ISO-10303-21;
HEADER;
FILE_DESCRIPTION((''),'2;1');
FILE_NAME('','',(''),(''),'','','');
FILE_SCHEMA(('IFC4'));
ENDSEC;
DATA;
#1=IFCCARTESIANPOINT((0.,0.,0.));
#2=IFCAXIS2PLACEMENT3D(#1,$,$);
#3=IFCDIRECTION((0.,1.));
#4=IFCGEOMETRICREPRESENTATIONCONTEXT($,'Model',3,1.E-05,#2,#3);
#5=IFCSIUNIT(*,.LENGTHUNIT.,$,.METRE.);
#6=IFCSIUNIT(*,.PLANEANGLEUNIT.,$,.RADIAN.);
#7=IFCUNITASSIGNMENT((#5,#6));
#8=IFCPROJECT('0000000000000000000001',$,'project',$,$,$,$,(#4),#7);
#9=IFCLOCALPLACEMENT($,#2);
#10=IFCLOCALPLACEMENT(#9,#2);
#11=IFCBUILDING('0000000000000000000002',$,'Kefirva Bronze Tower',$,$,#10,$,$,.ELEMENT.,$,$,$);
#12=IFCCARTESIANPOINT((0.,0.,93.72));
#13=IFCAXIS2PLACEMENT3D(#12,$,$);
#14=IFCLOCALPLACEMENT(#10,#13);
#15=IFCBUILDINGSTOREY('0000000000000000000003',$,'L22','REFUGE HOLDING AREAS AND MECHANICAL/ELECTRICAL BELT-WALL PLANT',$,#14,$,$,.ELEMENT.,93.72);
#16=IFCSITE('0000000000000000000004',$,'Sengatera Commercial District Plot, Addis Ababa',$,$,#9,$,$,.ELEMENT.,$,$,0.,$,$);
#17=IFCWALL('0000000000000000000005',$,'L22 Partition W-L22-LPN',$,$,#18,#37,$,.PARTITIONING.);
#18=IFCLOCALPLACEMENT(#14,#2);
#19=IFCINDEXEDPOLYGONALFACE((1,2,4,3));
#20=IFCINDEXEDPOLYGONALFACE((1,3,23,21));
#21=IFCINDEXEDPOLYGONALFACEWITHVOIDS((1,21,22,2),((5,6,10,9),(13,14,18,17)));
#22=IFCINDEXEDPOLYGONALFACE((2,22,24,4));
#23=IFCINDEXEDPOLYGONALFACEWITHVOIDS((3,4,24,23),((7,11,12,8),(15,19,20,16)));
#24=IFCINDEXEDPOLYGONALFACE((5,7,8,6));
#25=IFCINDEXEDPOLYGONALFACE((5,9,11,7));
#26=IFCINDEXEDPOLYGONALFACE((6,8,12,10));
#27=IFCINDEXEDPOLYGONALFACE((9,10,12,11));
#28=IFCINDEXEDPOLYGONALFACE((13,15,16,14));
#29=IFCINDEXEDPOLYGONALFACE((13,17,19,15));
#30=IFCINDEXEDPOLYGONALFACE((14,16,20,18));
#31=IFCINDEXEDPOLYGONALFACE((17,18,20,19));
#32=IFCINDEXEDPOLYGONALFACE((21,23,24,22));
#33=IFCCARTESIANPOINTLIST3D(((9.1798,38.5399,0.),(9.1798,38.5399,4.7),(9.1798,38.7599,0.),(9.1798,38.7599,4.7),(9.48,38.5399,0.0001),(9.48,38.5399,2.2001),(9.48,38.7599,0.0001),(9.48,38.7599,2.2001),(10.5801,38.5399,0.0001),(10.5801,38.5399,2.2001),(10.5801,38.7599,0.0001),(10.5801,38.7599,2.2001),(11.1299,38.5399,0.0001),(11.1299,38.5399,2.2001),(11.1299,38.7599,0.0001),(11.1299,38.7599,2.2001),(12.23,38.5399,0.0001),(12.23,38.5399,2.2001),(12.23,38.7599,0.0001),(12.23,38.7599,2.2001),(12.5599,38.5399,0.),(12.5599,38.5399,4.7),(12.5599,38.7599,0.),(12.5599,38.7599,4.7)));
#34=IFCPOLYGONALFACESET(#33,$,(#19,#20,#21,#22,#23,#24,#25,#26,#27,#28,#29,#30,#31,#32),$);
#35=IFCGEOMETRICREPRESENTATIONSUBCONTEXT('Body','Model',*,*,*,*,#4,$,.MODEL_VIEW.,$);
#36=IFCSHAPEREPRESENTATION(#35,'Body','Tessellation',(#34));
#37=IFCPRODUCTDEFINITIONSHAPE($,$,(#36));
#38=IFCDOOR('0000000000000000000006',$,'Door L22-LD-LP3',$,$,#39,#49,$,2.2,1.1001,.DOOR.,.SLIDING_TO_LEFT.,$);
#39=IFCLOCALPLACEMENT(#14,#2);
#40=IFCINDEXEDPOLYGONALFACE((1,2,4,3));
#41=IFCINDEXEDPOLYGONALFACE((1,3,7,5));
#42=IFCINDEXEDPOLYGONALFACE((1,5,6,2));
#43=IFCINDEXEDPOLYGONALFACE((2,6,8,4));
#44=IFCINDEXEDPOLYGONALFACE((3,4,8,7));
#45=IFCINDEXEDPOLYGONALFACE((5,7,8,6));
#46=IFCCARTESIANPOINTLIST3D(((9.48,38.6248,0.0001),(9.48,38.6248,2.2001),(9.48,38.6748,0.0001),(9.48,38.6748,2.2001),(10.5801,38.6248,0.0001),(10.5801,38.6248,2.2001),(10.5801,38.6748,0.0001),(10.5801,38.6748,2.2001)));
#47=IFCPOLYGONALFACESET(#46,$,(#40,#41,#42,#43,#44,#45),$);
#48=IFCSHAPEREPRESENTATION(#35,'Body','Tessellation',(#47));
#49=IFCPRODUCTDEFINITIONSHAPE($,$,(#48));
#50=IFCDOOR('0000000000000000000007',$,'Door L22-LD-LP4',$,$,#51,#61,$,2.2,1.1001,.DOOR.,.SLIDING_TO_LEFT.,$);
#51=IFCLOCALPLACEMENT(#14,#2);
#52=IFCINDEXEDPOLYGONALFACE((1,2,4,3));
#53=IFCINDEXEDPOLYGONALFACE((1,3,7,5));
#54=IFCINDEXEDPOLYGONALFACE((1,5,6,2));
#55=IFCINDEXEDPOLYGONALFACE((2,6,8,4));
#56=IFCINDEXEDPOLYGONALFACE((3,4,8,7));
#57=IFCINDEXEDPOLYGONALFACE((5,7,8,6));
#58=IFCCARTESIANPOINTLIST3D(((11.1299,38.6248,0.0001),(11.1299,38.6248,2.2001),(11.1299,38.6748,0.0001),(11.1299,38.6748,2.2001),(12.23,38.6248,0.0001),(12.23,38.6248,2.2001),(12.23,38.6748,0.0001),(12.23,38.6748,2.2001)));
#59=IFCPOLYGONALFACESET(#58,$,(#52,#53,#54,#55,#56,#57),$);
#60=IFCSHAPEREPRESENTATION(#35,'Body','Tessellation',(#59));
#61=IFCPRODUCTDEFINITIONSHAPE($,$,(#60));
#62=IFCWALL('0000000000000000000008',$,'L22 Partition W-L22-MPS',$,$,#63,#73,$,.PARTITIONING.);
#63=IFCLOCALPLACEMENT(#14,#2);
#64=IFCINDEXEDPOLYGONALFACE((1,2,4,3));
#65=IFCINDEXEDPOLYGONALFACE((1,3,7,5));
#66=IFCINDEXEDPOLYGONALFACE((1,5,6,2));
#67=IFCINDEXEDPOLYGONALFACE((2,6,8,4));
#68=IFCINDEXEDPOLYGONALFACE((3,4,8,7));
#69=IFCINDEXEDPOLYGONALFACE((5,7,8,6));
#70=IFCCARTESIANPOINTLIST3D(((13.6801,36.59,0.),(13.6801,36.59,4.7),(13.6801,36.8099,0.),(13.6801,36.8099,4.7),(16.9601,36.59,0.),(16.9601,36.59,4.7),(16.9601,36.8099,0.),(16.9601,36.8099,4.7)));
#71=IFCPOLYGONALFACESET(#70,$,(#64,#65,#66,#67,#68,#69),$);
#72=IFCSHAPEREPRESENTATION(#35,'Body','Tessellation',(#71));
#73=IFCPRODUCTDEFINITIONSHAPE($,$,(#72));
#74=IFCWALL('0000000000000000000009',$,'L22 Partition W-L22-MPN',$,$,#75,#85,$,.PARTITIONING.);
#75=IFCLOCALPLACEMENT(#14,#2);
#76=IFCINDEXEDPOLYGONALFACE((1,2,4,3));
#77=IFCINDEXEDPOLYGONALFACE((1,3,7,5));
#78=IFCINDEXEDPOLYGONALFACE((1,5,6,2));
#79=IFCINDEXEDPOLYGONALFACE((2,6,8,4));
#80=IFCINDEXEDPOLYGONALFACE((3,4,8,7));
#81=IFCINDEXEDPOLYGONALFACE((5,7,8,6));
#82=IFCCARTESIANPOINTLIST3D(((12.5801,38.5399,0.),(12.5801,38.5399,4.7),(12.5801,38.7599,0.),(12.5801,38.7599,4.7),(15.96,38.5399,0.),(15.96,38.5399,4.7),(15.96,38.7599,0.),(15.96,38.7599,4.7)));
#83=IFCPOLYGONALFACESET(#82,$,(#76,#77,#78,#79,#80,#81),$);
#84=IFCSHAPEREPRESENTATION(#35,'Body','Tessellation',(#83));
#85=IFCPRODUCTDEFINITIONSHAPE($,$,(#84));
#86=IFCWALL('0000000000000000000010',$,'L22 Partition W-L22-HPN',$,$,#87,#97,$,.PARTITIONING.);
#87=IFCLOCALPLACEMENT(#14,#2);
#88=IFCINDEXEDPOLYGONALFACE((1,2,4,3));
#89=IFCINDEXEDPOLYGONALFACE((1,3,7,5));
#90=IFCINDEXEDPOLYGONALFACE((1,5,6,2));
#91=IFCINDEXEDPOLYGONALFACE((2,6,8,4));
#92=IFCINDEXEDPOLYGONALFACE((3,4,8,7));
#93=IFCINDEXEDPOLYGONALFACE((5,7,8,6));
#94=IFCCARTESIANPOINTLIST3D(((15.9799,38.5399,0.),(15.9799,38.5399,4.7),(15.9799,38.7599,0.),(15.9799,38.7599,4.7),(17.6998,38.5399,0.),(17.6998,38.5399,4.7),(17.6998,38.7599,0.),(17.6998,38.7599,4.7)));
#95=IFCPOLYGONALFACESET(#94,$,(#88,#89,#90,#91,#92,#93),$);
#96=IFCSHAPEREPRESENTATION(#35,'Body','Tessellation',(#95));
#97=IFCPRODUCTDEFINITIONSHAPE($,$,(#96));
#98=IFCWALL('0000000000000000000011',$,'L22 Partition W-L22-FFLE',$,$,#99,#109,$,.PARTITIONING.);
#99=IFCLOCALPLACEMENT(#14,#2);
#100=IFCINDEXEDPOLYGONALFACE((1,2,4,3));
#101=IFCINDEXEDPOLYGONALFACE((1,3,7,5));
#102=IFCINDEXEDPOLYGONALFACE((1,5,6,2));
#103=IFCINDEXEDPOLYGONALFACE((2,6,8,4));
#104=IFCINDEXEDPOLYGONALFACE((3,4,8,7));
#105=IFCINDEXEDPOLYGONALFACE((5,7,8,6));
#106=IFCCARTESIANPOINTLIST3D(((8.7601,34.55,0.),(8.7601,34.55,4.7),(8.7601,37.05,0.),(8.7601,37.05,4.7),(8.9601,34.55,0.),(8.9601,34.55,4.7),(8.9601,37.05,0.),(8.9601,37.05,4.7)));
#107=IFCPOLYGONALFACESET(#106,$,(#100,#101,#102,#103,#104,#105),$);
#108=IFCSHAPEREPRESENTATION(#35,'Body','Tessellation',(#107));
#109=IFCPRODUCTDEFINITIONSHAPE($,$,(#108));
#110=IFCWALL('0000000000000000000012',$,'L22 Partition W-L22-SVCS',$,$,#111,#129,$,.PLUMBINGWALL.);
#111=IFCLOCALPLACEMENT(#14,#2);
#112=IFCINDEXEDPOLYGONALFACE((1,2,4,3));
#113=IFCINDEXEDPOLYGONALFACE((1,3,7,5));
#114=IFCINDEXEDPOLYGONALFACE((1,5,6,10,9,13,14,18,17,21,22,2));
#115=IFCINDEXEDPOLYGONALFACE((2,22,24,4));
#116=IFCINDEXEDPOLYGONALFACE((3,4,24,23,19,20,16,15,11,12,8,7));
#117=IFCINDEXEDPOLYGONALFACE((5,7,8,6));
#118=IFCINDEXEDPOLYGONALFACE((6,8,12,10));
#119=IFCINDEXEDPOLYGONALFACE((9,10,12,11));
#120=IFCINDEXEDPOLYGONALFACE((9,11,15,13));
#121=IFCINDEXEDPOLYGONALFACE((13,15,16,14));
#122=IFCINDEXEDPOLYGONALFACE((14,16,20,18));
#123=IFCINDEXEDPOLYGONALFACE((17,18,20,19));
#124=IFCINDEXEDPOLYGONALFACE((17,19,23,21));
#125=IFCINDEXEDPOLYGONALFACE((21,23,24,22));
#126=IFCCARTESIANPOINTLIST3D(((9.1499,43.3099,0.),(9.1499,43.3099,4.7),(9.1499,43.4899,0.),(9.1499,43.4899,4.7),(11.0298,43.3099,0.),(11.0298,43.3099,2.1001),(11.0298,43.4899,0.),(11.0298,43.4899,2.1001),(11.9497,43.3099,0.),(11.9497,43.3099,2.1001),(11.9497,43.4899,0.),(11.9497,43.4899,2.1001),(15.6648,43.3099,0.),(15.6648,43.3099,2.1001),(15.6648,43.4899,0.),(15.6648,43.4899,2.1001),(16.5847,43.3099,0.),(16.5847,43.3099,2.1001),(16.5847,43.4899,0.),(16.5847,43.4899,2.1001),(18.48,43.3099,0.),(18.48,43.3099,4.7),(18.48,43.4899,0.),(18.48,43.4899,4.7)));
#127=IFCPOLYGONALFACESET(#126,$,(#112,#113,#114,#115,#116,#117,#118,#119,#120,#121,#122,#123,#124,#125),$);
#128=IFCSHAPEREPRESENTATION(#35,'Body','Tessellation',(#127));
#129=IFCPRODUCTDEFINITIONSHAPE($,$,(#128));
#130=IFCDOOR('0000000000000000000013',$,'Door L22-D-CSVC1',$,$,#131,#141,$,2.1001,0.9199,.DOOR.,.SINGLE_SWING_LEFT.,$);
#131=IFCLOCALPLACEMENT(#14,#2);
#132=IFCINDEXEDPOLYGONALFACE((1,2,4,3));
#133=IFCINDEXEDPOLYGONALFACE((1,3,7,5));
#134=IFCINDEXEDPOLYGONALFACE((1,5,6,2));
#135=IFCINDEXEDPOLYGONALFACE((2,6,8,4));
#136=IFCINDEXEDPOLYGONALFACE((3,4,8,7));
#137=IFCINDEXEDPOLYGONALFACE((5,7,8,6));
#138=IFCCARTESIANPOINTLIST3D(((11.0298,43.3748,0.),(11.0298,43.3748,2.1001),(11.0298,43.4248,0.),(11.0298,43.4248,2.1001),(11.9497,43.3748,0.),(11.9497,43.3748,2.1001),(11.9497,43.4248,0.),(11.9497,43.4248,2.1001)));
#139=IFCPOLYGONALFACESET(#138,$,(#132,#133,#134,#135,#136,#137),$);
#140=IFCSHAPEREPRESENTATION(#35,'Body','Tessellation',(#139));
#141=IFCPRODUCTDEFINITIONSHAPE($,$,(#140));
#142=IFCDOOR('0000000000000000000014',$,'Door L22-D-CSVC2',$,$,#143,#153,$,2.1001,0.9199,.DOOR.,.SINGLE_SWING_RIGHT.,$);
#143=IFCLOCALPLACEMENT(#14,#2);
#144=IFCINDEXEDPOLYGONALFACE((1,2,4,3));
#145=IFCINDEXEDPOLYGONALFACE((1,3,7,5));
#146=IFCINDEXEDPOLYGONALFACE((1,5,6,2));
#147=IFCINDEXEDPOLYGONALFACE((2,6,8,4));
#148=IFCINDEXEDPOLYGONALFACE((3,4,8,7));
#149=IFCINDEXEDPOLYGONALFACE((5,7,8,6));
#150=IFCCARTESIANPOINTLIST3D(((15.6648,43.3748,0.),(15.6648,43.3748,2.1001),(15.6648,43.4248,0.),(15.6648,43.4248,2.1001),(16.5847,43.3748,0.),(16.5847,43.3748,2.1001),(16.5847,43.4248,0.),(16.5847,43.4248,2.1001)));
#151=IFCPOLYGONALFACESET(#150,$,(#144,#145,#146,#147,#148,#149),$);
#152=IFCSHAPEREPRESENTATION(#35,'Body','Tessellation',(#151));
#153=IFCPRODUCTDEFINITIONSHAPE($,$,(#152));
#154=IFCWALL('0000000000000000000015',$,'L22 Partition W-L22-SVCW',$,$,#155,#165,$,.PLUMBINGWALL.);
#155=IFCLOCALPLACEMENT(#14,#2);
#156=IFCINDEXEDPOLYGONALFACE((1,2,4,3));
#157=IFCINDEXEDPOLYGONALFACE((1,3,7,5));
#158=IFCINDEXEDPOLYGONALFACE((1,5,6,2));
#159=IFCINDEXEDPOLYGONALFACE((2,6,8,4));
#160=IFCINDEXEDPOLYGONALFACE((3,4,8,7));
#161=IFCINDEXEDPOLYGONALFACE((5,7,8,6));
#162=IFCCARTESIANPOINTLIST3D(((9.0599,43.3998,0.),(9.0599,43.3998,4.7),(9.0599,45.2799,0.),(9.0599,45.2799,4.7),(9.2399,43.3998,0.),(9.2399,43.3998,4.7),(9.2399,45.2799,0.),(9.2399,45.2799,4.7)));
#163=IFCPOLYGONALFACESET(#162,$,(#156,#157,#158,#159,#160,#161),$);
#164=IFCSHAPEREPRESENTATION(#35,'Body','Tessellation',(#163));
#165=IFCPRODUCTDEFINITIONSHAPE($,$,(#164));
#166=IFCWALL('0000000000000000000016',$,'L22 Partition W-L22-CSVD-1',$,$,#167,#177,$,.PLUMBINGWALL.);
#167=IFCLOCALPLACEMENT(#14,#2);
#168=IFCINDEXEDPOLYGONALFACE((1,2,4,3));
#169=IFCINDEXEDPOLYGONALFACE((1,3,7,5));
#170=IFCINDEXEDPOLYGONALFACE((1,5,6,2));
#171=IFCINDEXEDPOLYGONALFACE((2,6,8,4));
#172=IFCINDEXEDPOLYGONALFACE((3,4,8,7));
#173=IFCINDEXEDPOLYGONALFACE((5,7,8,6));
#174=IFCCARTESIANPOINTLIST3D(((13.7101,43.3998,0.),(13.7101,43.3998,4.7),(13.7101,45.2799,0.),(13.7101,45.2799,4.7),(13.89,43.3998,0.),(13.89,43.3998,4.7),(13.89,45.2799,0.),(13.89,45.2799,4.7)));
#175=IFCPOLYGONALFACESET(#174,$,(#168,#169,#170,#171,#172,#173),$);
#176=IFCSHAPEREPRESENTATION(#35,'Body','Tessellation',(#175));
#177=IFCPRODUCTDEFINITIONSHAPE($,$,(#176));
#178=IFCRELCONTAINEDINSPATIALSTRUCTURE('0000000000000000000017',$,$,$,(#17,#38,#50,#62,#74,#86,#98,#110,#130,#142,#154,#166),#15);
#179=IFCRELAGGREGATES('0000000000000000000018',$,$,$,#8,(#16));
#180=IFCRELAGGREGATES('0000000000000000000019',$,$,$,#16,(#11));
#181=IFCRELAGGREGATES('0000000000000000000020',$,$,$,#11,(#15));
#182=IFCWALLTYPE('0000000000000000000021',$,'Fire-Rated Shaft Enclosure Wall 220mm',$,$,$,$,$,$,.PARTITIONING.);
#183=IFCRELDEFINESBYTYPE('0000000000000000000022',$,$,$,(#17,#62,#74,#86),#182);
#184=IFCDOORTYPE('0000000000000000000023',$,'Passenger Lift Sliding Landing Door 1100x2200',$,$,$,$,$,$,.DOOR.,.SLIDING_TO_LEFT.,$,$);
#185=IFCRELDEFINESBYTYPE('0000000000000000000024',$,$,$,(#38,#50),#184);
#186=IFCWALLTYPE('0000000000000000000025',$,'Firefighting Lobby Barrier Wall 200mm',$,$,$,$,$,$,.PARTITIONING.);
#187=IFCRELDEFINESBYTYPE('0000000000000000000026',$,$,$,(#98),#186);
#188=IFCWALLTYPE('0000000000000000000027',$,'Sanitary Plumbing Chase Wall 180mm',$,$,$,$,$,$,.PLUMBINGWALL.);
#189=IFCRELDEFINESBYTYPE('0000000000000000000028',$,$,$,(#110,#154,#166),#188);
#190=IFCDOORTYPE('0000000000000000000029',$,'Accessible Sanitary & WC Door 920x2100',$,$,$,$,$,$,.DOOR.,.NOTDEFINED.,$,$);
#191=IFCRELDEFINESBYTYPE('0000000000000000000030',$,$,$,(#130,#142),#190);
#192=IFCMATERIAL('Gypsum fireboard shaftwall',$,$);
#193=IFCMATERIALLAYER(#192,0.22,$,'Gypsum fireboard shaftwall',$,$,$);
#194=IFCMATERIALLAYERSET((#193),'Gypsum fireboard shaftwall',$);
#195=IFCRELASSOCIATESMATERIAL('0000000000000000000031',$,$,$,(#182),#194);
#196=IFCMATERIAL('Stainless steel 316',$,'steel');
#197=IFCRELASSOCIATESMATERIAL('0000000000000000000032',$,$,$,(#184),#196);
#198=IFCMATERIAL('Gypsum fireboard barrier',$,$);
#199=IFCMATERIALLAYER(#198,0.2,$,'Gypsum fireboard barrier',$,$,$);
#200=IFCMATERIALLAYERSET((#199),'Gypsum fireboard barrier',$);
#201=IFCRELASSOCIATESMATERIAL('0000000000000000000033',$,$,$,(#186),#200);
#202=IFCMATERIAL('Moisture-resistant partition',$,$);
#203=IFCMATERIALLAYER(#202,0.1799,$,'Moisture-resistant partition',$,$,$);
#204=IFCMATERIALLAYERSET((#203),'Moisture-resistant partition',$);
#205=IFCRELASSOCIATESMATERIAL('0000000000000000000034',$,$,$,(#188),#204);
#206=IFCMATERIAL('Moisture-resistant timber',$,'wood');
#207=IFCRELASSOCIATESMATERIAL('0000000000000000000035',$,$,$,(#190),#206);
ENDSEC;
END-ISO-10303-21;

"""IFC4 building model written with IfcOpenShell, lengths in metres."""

from ifc_helpers import new_model, si_unit, direction, frame, frame_2d, origin, place, context, subcontext, project, spatial, rectangle, extrude, material, layer, layer_set, type_object, element, fill, save


model = new_model("IFC4")

# Units and contexts
model_context = context("Model", 3, precision=1e-05, world=origin(), true_north=direction((0.0, 1.0)))
body_context = subcontext(model_context, "Body", "Model", "MODEL_VIEW")
ifc_project = project(units=[si_unit("LENGTHUNIT", "METRE"), si_unit("PLANEANGLEUNIT", "RADIAN")], contexts=[model_context])

# Site, building, storey
site_placement = place(None, origin())
site = spatial("IfcSite", under=ifc_project, at=site_placement, Name="Sengatera Commercial District Plot, Addis Ababa", CompositionType="ELEMENT", RefElevation=0.0)
building_placement = place(site_placement, origin())
building = spatial("IfcBuilding", under=site, at=building_placement, Name="Kefirva Bronze Tower", CompositionType="ELEMENT")
storey_placement = place(building_placement, frame((0.0, 0.0, 93.72)))
storey = spatial("IfcBuildingStorey", under=building, at=storey_placement, Name="L22", Description="REFUGE HOLDING AREAS AND MECHANICAL/ELECTRICAL BELT-WALL PLANT", CompositionType="ELEMENT", Elevation=93.72)

# Shared definitions
ifc_material_1 = material(Name="Gypsum fireboard shaftwall")
ifc_layer_1 = layer(ifc_material_1, 0.22, Name="Gypsum fireboard shaftwall")
ifc_layer_set_1 = layer_set([ifc_layer_1], Name="Gypsum fireboard shaftwall")
wall_type_1 = type_object("IfcWallType", Name="Fire-Rated Shaft Enclosure Wall 220mm", PredefinedType="PARTITIONING", material=ifc_layer_set_1)

# Shared definitions
ifc_material_2 = material(Name="Stainless steel 316", Category="steel")

# Wall, openings, doors
door_type_1 = type_object("IfcDoorType", Name="Passenger Lift Sliding Landing Door 1100x2200", OperationType="SLIDING_TO_LEFT", PredefinedType="DOOR", material=ifc_material_2)
wall_1_placement = place(storey_placement, frame((9.1799, 38.6499, 0.0), z_axis=(0.0, 0.0, 1.0), x_axis=(1.0, 0.0, 0.0)))
wall_1 = element("IfcWall", 1, at=wall_1_placement, inside=storey, type_object=wall_type_1, Name="L22 Partition W-L22-LPN", PredefinedType="PARTITIONING", context=body_context, shape_type="SweptSolid", body=[
    extrude(rectangle(XDim=3.3801, YDim=0.22, at=frame_2d((1.6899, 0.0))), origin(), (0.0, 0.0, 1.0), 4.7),
])
opening_1_placement = place(wall_1_placement, frame((0.3, 0.0, 0.0)))
opening_1 = element("IfcOpeningElement", 2, at=opening_1_placement, cuts=wall_1, PredefinedType="OPENING", context=body_context, shape_type="SweptSolid", body=[
    extrude(rectangle(XDim=1.1001, YDim=2.2, at=frame_2d((0.55, 1.1001))), frame((0.0, 0.1201, 0.0), z_axis=(0.0, -1.0, 0.0), x_axis=(1.0, 0.0, 0.0)), (0.0, 0.0, 1.0), 0.24),
])
opening_2_placement = place(wall_1_placement, frame((1.95, 0.0, 0.0)))
opening_2 = element("IfcOpeningElement", 3, at=opening_2_placement, cuts=wall_1, PredefinedType="OPENING", context=body_context, shape_type="SweptSolid", body=[
    extrude(rectangle(XDim=1.1001, YDim=2.2, at=frame_2d((0.55, 1.1001))), frame((0.0, 0.1201, 0.0), z_axis=(0.0, -1.0, 0.0), x_axis=(1.0, 0.0, 0.0)), (0.0, 0.0, 1.0), 0.24),
])
door_1_placement = place(opening_1_placement, origin())
door_1 = element("IfcDoor", 4, at=door_1_placement, inside=storey, type_object=door_type_1, Name="Door L22-LD-LP3", OperationType="SLIDING_TO_LEFT", OverallHeight=2.2, OverallWidth=1.1001, PredefinedType="DOOR", context=body_context, shape_type="SweptSolid", body=[
    extrude(rectangle(XDim=1.1001, YDim=2.2, at=frame_2d((0.55, 1.1001))), frame((0.0, 0.0249, 0.0), z_axis=(0.0, -1.0, 0.0), x_axis=(1.0, 0.0, 0.0)), (0.0, 0.0, 1.0), 0.05),
])
fill(opening_1, door_1)
door_2_placement = place(opening_2_placement, origin())
door_2 = element("IfcDoor", 5, at=door_2_placement, inside=storey, type_object=door_type_1, Name="Door L22-LD-LP4", OperationType="SLIDING_TO_LEFT", OverallHeight=2.2, OverallWidth=1.1001, PredefinedType="DOOR", context=body_context, shape_type="SweptSolid", body=[
    extrude(rectangle(XDim=1.1001, YDim=2.2, at=frame_2d((0.55, 1.1001))), frame((0.0, 0.0249, 0.0), z_axis=(0.0, -1.0, 0.0), x_axis=(1.0, 0.0, 0.0)), (0.0, 0.0, 1.0), 0.05),
])
fill(opening_2, door_2)

# Walls
wall_2_placement = place(storey_placement, frame((13.6799, 36.7, 0.0), z_axis=(0.0, 0.0, 1.0), x_axis=(1.0, 0.0, 0.0)))
element("IfcWall", 6, at=wall_2_placement, inside=storey, type_object=wall_type_1, Name="L22 Partition W-L22-MPS", PredefinedType="PARTITIONING", context=body_context, shape_type="SweptSolid", body=[
    extrude(rectangle(XDim=3.28, YDim=0.22, at=frame_2d((1.6401, 0.0))), origin(), (0.0, 0.0, 1.0), 4.7),
])
wall_3_placement = place(storey_placement, frame((12.5801, 38.6499, 0.0), z_axis=(0.0, 0.0, 1.0), x_axis=(1.0, 0.0, 0.0)))
element("IfcWall", 7, at=wall_3_placement, inside=storey, type_object=wall_type_1, Name="L22 Partition W-L22-MPN", PredefinedType="PARTITIONING", context=body_context, shape_type="SweptSolid", body=[
    extrude(rectangle(XDim=3.3799, YDim=0.22, at=frame_2d((1.6899, 0.0))), origin(), (0.0, 0.0, 1.0), 4.7),
])
wall_4_placement = place(storey_placement, frame((15.98, 38.6499, 0.0), z_axis=(0.0, 0.0, 1.0), x_axis=(1.0, 0.0, 0.0)))
element("IfcWall", 8, at=wall_4_placement, inside=storey, type_object=wall_type_1, Name="L22 Partition W-L22-HPN", PredefinedType="PARTITIONING", context=body_context, shape_type="SweptSolid", body=[
    extrude(rectangle(XDim=1.72, YDim=0.22, at=frame_2d((0.8599, 0.0))), origin(), (0.0, 0.0, 1.0), 4.7),
])
ifc_material_3 = material(Name="Gypsum fireboard barrier")
ifc_layer_2 = layer(ifc_material_3, 0.2, Name="Gypsum fireboard barrier")
ifc_layer_set_2 = layer_set([ifc_layer_2], Name="Gypsum fireboard barrier")
wall_type_2 = type_object("IfcWallType", Name="Firefighting Lobby Barrier Wall 200mm", PredefinedType="PARTITIONING", material=ifc_layer_set_2)
wall_5_placement = place(storey_placement, frame((8.8601, 34.55, 0.0), z_axis=(0.0, 0.0, 1.0), x_axis=(0.0, 1.0, 0.0)))
element("IfcWall", 9, at=wall_5_placement, inside=storey, type_object=wall_type_2, Name="L22 Partition W-L22-FFLE", PredefinedType="PARTITIONING", context=body_context, shape_type="SweptSolid", body=[
    extrude(rectangle(XDim=2.5, YDim=0.2, at=frame_2d((1.25, 0.0))), origin(), (0.0, 0.0, 1.0), 4.7),
])

# Wall, openings, doors
ifc_material_4 = material(Name="Moisture-resistant partition")
ifc_layer_3 = layer(ifc_material_4, 0.1799, Name="Moisture-resistant partition")
ifc_layer_set_3 = layer_set([ifc_layer_3], Name="Moisture-resistant partition")
wall_type_3 = type_object("IfcWallType", Name="Sanitary Plumbing Chase Wall 180mm", PredefinedType="PLUMBINGWALL", material=ifc_layer_set_3)
wall_6_placement = place(storey_placement, frame((9.1499, 43.3999, 0.0), z_axis=(0.0, 0.0, 1.0), x_axis=(1.0, 0.0, 0.0)))
wall_6 = element("IfcWall", 10, at=wall_6_placement, inside=storey, type_object=wall_type_3, Name="L22 Partition W-L22-SVCS", PredefinedType="PLUMBINGWALL", context=body_context, shape_type="SweptSolid", body=[
    extrude(rectangle(XDim=9.3301, YDim=0.1799, at=frame_2d((4.665, 0.0))), origin(), (0.0, 0.0, 1.0), 4.7),
])
opening_3_placement = place(wall_6_placement, frame((1.8799, 0.0, 0.0)))
opening_3 = element("IfcOpeningElement", 11, at=opening_3_placement, cuts=wall_6, PredefinedType="OPENING", context=body_context, shape_type="SweptSolid", body=[
    extrude(rectangle(XDim=0.9199, YDim=2.1001, at=frame_2d((0.46, 1.05))), frame((0.0, 0.1001, 0.0), z_axis=(0.0, -1.0, 0.0), x_axis=(1.0, 0.0, 0.0)), (0.0, 0.0, 1.0), 0.2),
])
opening_4_placement = place(wall_6_placement, frame((6.5149, 0.0, 0.0)))
opening_4 = element("IfcOpeningElement", 12, at=opening_4_placement, cuts=wall_6, PredefinedType="OPENING", context=body_context, shape_type="SweptSolid", body=[
    extrude(rectangle(XDim=0.9199, YDim=2.1001, at=frame_2d((0.46, 1.05))), frame((0.0, 0.1001, 0.0), z_axis=(0.0, -1.0, 0.0), x_axis=(1.0, 0.0, 0.0)), (0.0, 0.0, 1.0), 0.2),
])
ifc_material_5 = material(Name="Moisture-resistant timber", Category="wood")
door_type_2 = type_object("IfcDoorType", Name="Accessible Sanitary & WC Door 920x2100", OperationType="NOTDEFINED", PredefinedType="DOOR", material=ifc_material_5)
door_3_placement = place(opening_3_placement, origin())
door_3 = element("IfcDoor", 13, at=door_3_placement, inside=storey, type_object=door_type_2, Name="Door L22-D-CSVC1", OperationType="SINGLE_SWING_LEFT", OverallHeight=2.1001, OverallWidth=0.9199, PredefinedType="DOOR", context=body_context, shape_type="SweptSolid", body=[
    extrude(rectangle(XDim=0.9199, YDim=2.1001, at=frame_2d((0.46, 1.05))), frame((0.0, 0.0249, 0.0), z_axis=(0.0, -1.0, 0.0), x_axis=(1.0, 0.0, 0.0)), (0.0, 0.0, 1.0), 0.05),
])
fill(opening_3, door_3)
door_4_placement = place(opening_4_placement, origin())
door_4 = element("IfcDoor", 14, at=door_4_placement, inside=storey, type_object=door_type_2, Name="Door L22-D-CSVC2", OperationType="SINGLE_SWING_RIGHT", OverallHeight=2.1001, OverallWidth=0.9199, PredefinedType="DOOR", context=body_context, shape_type="SweptSolid", body=[
    extrude(rectangle(XDim=0.9199, YDim=2.1001, at=frame_2d((0.46, 1.05))), frame((0.0, 0.0249, 0.0), z_axis=(0.0, -1.0, 0.0), x_axis=(1.0, 0.0, 0.0)), (0.0, 0.0, 1.0), 0.05),
])
fill(opening_4, door_4)

# Walls
for number, where, z_axis, x_axis, name in (
    (15, (9.1499, 43.3999, 0.0), (0.0, 0.0, 1.0), (0.0, 1.0, 0.0), "L22 Partition W-L22-SVCW"),
    (16, (13.8, 43.3999, 0.0), (0.0, 0.0, 1.0), (0.0, 1.0, 0.0), "L22 Partition W-L22-CSVD-1"),
):
    element("IfcWall", number, at=place(storey_placement, frame(where, z_axis=z_axis, x_axis=x_axis)), inside=storey, type_object=wall_type_3, Name=name, PredefinedType="PLUMBINGWALL", context=body_context, shape_type="SweptSolid", body=[
        extrude(rectangle(XDim=1.8801, YDim=0.1799, at=frame_2d((0.9399, 0.0))), origin(), (0.0, 0.0, 1.0), 4.7),
    ])

save(model, "model.ifc")
